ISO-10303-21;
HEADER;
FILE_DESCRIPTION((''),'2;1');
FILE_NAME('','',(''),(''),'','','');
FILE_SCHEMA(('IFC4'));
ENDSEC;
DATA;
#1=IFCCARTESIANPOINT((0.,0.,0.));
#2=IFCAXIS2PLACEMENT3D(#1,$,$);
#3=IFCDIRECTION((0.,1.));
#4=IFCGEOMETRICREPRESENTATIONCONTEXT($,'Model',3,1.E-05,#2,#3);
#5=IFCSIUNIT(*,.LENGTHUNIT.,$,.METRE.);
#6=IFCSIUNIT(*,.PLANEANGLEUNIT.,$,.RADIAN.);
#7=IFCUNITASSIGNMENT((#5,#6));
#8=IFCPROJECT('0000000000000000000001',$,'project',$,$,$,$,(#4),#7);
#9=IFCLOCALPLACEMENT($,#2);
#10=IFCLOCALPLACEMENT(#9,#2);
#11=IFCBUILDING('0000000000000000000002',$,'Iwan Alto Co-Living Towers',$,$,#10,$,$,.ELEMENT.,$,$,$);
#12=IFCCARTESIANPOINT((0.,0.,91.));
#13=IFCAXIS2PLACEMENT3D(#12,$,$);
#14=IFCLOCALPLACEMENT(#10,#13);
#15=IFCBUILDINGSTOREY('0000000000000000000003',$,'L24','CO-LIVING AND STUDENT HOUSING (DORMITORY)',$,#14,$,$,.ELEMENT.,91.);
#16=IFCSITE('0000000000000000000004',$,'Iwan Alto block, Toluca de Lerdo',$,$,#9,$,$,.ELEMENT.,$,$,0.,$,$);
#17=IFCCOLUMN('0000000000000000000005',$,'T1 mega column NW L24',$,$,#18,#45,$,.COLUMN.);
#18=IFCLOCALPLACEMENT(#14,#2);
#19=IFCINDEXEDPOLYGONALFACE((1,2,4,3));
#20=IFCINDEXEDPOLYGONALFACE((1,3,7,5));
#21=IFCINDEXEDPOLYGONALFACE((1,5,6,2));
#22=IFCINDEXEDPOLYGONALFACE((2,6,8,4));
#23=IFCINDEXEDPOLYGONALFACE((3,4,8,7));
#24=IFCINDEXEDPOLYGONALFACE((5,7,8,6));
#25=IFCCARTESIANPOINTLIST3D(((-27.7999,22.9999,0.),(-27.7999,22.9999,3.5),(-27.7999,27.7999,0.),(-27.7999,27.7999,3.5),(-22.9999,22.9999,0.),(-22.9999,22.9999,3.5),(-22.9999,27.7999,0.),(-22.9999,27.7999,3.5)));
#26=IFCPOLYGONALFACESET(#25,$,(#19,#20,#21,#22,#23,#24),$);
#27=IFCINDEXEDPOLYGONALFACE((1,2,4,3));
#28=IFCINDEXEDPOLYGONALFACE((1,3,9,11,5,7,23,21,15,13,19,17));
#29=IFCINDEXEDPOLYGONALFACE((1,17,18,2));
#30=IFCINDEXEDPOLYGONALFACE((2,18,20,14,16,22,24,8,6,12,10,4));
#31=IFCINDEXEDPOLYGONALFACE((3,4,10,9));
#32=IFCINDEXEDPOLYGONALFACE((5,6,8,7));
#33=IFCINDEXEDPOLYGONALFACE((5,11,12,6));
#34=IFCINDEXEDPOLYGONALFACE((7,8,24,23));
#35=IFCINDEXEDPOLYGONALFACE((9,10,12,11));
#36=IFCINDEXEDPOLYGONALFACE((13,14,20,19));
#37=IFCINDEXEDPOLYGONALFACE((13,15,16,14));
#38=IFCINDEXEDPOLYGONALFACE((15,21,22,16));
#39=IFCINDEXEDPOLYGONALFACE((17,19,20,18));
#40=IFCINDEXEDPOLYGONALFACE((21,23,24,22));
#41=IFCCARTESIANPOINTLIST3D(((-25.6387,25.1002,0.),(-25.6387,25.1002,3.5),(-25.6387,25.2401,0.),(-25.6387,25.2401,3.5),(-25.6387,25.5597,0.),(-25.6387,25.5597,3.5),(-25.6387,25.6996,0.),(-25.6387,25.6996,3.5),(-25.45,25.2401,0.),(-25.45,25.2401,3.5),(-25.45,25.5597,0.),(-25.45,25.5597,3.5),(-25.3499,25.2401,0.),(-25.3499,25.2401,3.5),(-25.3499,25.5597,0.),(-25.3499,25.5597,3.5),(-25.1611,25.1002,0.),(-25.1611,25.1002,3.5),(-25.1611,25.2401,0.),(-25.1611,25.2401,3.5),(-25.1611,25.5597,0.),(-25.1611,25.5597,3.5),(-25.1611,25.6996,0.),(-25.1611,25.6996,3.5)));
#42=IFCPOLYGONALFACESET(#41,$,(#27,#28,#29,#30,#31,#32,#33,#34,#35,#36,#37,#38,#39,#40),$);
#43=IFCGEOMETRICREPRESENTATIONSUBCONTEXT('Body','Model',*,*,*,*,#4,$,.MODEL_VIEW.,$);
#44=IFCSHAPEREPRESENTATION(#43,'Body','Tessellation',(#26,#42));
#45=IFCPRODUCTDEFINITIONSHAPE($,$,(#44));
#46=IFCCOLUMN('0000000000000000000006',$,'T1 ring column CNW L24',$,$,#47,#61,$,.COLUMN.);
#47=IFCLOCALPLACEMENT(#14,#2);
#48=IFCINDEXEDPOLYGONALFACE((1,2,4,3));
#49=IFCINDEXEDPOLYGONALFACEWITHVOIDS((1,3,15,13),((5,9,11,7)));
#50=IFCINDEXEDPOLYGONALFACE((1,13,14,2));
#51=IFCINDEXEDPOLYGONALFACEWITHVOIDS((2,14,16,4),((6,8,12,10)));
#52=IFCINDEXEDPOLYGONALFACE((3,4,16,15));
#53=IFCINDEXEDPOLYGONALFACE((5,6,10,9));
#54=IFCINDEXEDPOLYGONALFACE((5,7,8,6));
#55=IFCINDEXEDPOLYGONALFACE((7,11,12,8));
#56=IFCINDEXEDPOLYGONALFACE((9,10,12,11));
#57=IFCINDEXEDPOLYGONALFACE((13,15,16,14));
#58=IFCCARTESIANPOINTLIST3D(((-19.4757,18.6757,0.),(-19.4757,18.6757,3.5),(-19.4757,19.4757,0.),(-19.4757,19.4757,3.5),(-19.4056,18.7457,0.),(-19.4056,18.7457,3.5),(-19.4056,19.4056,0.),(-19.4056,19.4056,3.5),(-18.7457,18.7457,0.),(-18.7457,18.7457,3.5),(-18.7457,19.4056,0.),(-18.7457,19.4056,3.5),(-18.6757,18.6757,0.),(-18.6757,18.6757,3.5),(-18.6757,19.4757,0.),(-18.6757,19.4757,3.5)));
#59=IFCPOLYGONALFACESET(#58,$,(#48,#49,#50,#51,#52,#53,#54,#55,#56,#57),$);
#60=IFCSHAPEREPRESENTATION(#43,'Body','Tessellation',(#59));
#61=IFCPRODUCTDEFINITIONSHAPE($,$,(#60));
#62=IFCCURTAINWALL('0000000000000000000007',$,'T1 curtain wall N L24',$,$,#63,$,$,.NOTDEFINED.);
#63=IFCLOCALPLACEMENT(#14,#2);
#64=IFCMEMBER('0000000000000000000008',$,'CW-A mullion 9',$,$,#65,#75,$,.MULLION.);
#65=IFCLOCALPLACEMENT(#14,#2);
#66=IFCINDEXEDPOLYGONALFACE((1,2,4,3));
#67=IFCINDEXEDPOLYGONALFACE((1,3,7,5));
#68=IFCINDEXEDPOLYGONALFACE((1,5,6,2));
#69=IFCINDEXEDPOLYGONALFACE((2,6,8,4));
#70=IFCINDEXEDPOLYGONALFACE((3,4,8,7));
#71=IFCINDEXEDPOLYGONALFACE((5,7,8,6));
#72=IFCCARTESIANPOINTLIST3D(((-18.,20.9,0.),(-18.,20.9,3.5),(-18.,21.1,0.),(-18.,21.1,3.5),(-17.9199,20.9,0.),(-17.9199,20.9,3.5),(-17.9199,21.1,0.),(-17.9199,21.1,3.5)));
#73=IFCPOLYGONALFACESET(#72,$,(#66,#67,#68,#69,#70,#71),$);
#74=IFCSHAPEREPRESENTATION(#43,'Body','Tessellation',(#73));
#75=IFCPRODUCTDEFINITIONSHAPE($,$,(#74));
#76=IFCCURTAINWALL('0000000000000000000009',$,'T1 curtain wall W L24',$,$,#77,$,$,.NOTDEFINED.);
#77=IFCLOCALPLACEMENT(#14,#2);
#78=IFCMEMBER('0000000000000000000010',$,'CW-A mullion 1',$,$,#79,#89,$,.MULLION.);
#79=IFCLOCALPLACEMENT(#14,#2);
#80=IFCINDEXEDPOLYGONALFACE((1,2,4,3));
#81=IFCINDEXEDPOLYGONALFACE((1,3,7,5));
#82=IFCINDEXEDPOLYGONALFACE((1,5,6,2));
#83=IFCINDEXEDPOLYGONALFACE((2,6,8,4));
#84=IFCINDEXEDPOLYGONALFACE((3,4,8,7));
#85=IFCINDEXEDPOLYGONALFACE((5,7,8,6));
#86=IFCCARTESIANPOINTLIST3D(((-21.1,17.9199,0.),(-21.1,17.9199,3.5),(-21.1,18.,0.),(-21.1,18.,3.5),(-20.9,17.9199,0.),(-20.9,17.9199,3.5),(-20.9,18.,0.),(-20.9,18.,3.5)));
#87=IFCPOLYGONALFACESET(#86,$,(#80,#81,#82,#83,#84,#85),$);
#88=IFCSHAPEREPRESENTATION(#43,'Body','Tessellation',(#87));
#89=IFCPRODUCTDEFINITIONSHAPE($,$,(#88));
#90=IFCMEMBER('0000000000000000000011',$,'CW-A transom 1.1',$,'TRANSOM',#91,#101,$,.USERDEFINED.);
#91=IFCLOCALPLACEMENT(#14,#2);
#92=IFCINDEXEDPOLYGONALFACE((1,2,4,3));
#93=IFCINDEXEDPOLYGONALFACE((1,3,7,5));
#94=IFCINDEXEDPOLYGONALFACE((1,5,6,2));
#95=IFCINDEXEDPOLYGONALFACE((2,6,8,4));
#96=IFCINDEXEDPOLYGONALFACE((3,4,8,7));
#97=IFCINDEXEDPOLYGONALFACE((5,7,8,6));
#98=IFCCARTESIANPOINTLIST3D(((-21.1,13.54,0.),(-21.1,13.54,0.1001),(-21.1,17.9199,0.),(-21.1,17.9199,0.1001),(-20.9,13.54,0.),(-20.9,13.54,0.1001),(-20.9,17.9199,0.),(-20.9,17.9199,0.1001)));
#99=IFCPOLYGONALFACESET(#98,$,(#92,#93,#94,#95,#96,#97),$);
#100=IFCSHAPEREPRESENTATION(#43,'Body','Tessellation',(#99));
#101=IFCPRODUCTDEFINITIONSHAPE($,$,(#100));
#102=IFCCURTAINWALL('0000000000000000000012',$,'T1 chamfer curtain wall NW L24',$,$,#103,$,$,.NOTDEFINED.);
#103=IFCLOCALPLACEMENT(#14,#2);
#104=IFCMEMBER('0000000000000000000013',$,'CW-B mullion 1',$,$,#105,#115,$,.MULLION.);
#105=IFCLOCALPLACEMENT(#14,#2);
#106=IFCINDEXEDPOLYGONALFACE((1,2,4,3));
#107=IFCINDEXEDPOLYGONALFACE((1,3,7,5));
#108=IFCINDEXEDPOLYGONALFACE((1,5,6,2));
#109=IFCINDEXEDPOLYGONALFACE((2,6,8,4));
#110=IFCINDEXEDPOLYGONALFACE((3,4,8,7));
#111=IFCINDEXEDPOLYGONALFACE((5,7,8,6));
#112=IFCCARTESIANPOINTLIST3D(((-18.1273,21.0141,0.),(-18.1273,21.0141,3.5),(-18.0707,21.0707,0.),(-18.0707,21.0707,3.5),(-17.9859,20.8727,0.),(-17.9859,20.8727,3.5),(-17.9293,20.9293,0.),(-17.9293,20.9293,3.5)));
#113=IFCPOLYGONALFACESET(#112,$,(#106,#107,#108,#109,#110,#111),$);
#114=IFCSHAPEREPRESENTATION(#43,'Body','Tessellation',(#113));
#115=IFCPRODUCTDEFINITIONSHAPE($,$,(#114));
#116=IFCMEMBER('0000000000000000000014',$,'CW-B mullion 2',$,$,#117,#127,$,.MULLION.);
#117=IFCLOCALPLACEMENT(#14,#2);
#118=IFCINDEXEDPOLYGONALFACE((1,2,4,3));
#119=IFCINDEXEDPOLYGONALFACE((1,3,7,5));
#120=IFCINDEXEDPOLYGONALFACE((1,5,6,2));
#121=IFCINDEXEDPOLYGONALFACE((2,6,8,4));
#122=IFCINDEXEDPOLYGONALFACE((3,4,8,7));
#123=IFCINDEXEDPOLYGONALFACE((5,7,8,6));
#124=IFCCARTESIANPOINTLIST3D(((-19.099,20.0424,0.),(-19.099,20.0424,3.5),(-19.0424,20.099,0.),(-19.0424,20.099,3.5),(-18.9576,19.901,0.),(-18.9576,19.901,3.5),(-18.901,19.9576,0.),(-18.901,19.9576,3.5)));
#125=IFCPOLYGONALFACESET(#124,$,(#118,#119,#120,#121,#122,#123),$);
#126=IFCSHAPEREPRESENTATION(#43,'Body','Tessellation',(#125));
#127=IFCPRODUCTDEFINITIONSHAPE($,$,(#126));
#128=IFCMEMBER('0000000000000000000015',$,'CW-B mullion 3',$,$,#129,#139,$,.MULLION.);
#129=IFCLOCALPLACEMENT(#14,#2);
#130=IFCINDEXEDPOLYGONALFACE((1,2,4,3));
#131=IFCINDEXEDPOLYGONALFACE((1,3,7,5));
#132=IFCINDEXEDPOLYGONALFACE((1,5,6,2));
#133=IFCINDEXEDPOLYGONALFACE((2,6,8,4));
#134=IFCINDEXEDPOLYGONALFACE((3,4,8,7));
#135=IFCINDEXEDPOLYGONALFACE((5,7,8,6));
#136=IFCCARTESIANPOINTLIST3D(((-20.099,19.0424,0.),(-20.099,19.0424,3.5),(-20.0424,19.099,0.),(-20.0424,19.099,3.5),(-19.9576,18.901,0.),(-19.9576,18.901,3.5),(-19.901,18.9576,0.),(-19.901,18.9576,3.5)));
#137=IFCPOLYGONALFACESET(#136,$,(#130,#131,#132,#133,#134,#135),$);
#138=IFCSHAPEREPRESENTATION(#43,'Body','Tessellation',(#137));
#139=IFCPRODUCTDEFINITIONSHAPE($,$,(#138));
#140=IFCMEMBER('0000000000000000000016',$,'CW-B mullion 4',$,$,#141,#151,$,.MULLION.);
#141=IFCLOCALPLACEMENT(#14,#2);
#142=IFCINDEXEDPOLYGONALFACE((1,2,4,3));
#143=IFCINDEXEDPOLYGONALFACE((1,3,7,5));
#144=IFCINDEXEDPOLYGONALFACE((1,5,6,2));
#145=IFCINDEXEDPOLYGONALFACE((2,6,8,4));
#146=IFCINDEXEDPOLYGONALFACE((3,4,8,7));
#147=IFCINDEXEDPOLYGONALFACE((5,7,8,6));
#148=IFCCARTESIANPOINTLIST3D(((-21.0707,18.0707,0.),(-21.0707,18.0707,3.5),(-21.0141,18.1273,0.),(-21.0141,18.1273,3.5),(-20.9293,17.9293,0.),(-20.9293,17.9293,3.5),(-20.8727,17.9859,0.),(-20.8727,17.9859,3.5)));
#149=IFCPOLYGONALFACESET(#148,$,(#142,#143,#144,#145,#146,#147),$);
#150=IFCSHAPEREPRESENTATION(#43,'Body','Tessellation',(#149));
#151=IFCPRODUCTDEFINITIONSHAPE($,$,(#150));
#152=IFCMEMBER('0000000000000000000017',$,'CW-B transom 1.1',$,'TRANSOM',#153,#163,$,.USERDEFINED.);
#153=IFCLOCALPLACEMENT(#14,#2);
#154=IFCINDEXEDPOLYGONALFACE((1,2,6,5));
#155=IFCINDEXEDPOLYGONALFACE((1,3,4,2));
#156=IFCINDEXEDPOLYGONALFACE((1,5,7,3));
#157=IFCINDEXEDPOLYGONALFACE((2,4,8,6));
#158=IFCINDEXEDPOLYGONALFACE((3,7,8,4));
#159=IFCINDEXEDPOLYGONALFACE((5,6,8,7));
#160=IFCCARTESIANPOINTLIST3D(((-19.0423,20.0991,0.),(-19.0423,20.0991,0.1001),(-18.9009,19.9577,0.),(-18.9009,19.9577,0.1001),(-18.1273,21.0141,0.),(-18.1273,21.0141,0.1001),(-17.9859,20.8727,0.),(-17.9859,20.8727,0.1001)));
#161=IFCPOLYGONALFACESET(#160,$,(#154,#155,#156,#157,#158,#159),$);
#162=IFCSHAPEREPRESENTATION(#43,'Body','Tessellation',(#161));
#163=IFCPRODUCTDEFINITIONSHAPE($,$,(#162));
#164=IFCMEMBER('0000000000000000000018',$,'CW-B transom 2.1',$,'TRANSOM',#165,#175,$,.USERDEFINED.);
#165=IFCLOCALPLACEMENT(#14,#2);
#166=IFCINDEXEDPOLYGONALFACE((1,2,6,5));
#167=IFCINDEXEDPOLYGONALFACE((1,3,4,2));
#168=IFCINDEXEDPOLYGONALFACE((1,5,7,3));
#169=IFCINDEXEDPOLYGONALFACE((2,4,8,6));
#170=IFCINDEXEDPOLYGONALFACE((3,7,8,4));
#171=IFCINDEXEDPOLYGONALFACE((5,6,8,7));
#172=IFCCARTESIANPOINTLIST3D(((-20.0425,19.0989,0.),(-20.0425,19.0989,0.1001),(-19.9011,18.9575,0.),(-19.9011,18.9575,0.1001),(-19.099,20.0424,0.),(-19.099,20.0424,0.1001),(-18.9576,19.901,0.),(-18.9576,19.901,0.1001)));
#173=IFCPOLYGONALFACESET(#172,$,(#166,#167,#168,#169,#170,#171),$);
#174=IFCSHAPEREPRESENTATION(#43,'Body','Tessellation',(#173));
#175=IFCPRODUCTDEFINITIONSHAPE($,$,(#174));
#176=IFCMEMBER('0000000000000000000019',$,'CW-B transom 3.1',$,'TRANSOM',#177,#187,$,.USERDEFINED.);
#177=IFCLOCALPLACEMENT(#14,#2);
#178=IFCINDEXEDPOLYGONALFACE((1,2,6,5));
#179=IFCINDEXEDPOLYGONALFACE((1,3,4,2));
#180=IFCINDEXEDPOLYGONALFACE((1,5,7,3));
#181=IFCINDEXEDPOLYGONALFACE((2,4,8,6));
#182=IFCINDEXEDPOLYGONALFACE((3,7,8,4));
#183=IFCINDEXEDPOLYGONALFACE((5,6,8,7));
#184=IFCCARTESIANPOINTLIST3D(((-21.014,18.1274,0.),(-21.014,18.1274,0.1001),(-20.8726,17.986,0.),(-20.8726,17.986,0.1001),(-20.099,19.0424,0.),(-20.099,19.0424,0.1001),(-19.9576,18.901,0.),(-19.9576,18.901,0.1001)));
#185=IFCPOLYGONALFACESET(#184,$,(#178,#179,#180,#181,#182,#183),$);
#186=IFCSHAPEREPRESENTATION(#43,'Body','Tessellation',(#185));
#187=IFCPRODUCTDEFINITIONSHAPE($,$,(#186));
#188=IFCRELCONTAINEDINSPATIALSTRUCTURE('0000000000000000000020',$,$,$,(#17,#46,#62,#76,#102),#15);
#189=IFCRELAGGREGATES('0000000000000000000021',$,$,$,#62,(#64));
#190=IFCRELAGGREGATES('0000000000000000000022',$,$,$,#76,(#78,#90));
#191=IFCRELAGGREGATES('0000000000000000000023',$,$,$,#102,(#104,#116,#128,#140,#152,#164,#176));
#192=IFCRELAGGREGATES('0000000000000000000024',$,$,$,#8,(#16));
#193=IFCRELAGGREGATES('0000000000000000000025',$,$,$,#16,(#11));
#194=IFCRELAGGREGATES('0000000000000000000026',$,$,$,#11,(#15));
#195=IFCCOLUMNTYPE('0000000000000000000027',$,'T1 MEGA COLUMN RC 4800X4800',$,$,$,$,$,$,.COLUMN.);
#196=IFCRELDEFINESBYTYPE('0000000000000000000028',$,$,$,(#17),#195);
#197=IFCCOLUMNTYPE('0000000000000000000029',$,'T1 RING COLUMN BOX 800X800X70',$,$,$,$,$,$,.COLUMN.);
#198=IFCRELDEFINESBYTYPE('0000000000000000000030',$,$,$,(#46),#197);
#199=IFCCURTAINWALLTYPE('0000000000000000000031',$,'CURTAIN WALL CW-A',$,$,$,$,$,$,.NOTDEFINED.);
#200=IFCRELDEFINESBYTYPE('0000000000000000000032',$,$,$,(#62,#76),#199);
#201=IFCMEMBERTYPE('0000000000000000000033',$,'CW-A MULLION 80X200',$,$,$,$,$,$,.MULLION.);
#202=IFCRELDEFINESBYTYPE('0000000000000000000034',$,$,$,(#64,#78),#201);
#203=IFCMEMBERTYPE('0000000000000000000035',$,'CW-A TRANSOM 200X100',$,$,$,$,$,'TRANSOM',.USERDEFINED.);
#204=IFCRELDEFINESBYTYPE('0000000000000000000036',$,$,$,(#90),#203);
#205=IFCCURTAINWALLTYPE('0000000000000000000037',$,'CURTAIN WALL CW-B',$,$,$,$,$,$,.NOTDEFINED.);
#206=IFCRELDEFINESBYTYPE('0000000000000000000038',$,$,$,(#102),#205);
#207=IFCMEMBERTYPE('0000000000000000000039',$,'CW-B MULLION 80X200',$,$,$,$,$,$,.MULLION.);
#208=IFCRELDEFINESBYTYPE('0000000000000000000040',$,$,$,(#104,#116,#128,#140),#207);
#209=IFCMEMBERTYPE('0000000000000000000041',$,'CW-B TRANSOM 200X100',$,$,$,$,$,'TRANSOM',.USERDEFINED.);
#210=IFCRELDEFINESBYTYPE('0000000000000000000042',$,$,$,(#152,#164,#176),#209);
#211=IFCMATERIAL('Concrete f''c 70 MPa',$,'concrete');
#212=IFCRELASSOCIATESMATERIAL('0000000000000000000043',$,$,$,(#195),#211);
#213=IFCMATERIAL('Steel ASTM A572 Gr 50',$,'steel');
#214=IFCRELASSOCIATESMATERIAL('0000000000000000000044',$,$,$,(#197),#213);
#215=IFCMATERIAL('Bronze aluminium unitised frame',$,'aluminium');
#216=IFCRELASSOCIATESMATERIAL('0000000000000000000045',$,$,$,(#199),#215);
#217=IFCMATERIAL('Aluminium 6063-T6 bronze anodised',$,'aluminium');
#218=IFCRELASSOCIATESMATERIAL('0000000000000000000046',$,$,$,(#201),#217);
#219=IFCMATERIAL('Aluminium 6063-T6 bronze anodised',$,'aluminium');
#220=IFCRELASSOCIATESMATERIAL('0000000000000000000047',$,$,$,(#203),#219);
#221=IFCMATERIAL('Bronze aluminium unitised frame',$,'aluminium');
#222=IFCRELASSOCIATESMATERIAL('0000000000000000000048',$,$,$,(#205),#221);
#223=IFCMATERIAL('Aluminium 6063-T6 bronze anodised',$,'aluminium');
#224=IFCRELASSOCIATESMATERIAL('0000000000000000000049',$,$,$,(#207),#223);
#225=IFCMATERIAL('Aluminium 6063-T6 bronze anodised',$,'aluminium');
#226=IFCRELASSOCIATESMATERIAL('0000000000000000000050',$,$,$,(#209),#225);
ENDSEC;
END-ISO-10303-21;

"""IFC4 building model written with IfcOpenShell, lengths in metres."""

from ifc_helpers import new_model, si_unit, direction, frame, origin, origin_2d, place, context, subcontext, project, spatial, rectangle, hollow_rectangle, i_section, extrude, material, material_profile, profile_set, type_object, element, aggregate, save


model = new_model("IFC4")

# Units and contexts
model_context = context("Model", 3, precision=1e-05, world=origin(), true_north=direction((0.0, 1.0)))
body_context = subcontext(model_context, "Body", "Model", "MODEL_VIEW")
ifc_project = project(units=[si_unit("LENGTHUNIT", "METRE"), si_unit("PLANEANGLEUNIT", "RADIAN")], contexts=[model_context])

# Site, building, storey
site_placement = place(None, origin())
site = spatial("IfcSite", under=ifc_project, at=site_placement, Name="Iwan Alto block, Toluca de Lerdo", CompositionType="ELEMENT", RefElevation=0.0)
building_placement = place(site_placement, origin())
building = spatial("IfcBuilding", under=site, at=building_placement, Name="Iwan Alto Co-Living Towers", CompositionType="ELEMENT")
storey_placement = place(building_placement, frame((0.0, 0.0, 91.0)))
storey = spatial("IfcBuildingStorey", under=building, at=storey_placement, Name="L24", Description="CO-LIVING AND STUDENT HOUSING (DORMITORY)", CompositionType="ELEMENT", Elevation=91.0)

# Columns
ifc_material_1 = material(Name="Concrete f'c 70 MPa", Category="concrete")
ifc_material_profile_1 = material_profile(ifc_material_1, rectangle(XDim=4.8, YDim=4.8, at=origin_2d()), Name="RC 4800X4800")
ifc_profile_set_1 = profile_set([ifc_material_profile_1], Name="Concrete f'c 70 MPa")
column_type_1 = type_object("IfcColumnType", Name="T1 MEGA COLUMN RC 4800X4800", PredefinedType="COLUMN", material=ifc_profile_set_1)
column_1_placement = place(storey_placement, frame((-25.3999, 25.3999, 0.0), z_axis=(0.0, 0.0, 1.0), x_axis=(1.0, 0.0, 0.0)))
element("IfcColumn", 1, at=column_1_placement, inside=storey, type_object=column_type_1, Name="T1 mega column NW L24", PredefinedType="COLUMN", context=body_context, shape_type="SweptSolid", body=[
    extrude(rectangle(XDim=4.8, YDim=4.8, at=origin_2d()), origin(), (0.0, 0.0, 1.0), 3.5),
    extrude(i_section(OverallWidth=0.4775, OverallDepth=0.5994, WebThickness=0.1001, FlangeThickness=0.1399, at=origin_2d()), origin(), (0.0, 0.0, 1.0), 3.5),
])
ifc_material_2 = material(Name="Steel ASTM A572 Gr 50", Category="steel")
ifc_material_profile_2 = material_profile(ifc_material_2, hollow_rectangle(XDim=0.8, YDim=0.8, WallThickness=0.0701, at=origin_2d()), Name="BOX 800X800X70")
ifc_profile_set_2 = profile_set([ifc_material_profile_2], Name="Steel ASTM A572 Gr 50")
column_type_2 = type_object("IfcColumnType", Name="T1 RING COLUMN BOX 800X800X70", PredefinedType="COLUMN", material=ifc_profile_set_2)
column_2_placement = place(storey_placement, frame((-19.0757, 19.0757, 0.0), z_axis=(0.0, 0.0, 1.0), x_axis=(1.0, 0.0, 0.0)))
element("IfcColumn", 2, at=column_2_placement, inside=storey, type_object=column_type_2, Name="T1 ring column CNW L24", PredefinedType="COLUMN", context=body_context, shape_type="SweptSolid", body=[
    extrude(hollow_rectangle(XDim=0.8, YDim=0.8, WallThickness=0.0701, at=origin_2d()), origin(), (0.0, 0.0, 1.0), 3.5),
])

# Curtain wall, member
ifc_material_3 = material(Name="Bronze aluminium unitised frame", Category="aluminium")
curtain_wall_type_1 = type_object("IfcCurtainWallType", Name="CURTAIN WALL CW-A", PredefinedType="NOTDEFINED", material=ifc_material_3)
curtain_wall_1_placement = place(storey_placement, origin())
curtain_wall_1 = element("IfcCurtainWall", 3, at=curtain_wall_1_placement, inside=storey, type_object=curtain_wall_type_1, Name="T1 curtain wall N L24", PredefinedType="NOTDEFINED")
ifc_material_4 = material(Name="Aluminium 6063-T6 bronze anodised", Category="aluminium")
ifc_material_profile_3 = material_profile(ifc_material_4, rectangle(XDim=0.2, YDim=0.0801, at=origin_2d()), Name="AL 80X200")
ifc_profile_set_3 = profile_set([ifc_material_profile_3], Name="Aluminium 6063-T6 bronze anodised")
member_type_1 = type_object("IfcMemberType", Name="CW-A MULLION 80X200", PredefinedType="MULLION", material=ifc_profile_set_3)
member_1_placement = place(storey_placement, frame((-17.96, 21.0, 0.0), z_axis=(0.0, 0.0, 1.0), x_axis=(0.0, -1.0, 0.0)))
member_1 = element("IfcMember", 4, at=member_1_placement, type_object=member_type_1, Name="CW-A mullion 9", PredefinedType="MULLION", context=body_context, shape_type="SweptSolid", body=[
    extrude(rectangle(XDim=0.2, YDim=0.0801, at=origin_2d()), origin(), (0.0, 0.0, 1.0), 3.5),
])
aggregate(curtain_wall_1, [member_1])

# Curtain walls, members
curtain_wall_2_placement = place(storey_placement, origin())
curtain_wall_2 = element("IfcCurtainWall", 5, at=curtain_wall_2_placement, inside=storey, type_object=curtain_wall_type_1, Name="T1 curtain wall W L24", PredefinedType="NOTDEFINED")
member_2_placement = place(storey_placement, frame((-21.0, 17.96, 0.0), z_axis=(0.0, 0.0, 1.0), x_axis=(1.0, 0.0, 0.0)))
member_2 = element("IfcMember", 6, at=member_2_placement, type_object=member_type_1, Name="CW-A mullion 1", PredefinedType="MULLION", context=body_context, shape_type="SweptSolid", body=[
    extrude(rectangle(XDim=0.2, YDim=0.0801, at=origin_2d()), origin(), (0.0, 0.0, 1.0), 3.5),
])
ifc_material_5 = material(Name="Aluminium 6063-T6 bronze anodised", Category="aluminium")
ifc_material_profile_4 = material_profile(ifc_material_5, rectangle(XDim=0.2, YDim=0.1001, at=origin_2d()), Name="AL 200X100")
ifc_profile_set_4 = profile_set([ifc_material_profile_4], Name="Aluminium 6063-T6 bronze anodised")
member_type_2 = type_object("IfcMemberType", Name="CW-A TRANSOM 200X100", ElementType="TRANSOM", PredefinedType="USERDEFINED", material=ifc_profile_set_4)
member_3_placement = place(storey_placement, frame((-21.0, 17.9199, 0.05), z_axis=(0.0, -1.0, 0.0), x_axis=(1.0, 0.0, 0.0)))
member_3 = element("IfcMember", 7, at=member_3_placement, type_object=member_type_2, Name="CW-A transom 1.1", ObjectType="TRANSOM", PredefinedType="USERDEFINED", context=body_context, shape_type="SweptSolid", body=[
    extrude(rectangle(XDim=0.2, YDim=0.1001, at=origin_2d()), origin(), (0.0, 0.0, 1.0), 4.3799),
])
ifc_material_6 = material(Name="Bronze aluminium unitised frame", Category="aluminium")
curtain_wall_type_2 = type_object("IfcCurtainWallType", Name="CURTAIN WALL CW-B", PredefinedType="NOTDEFINED", material=ifc_material_6)
curtain_wall_3_placement = place(storey_placement, origin())
curtain_wall_3 = element("IfcCurtainWall", 8, at=curtain_wall_3_placement, inside=storey, type_object=curtain_wall_type_2, Name="T1 chamfer curtain wall NW L24", PredefinedType="NOTDEFINED")
ifc_material_7 = material(Name="Aluminium 6063-T6 bronze anodised", Category="aluminium")
ifc_material_profile_5 = material_profile(ifc_material_7, rectangle(XDim=0.2, YDim=0.0801, at=origin_2d()), Name="AL 80X200")
ifc_profile_set_5 = profile_set([ifc_material_profile_5], Name="Aluminium 6063-T6 bronze anodised")
member_type_3 = type_object("IfcMemberType", Name="CW-B MULLION 80X200", PredefinedType="MULLION", material=ifc_profile_set_5)
member_4_placement = place(storey_placement, frame((-18.0283, 20.9717, 0.0), z_axis=(0.0, 0.0, 1.0), x_axis=(0.707107, -0.707107, 0.0)))
member_4 = element("IfcMember", 9, at=member_4_placement, type_object=member_type_3, Name="CW-B mullion 1", PredefinedType="MULLION", context=body_context, shape_type="SweptSolid", body=[
    extrude(rectangle(XDim=0.2, YDim=0.0801, at=origin_2d()), origin(), (0.0, 0.0, 1.0), 3.5),
])
member_5_placement = place(storey_placement, frame((-19.0, 20.0, 0.0), z_axis=(0.0, 0.0, 1.0), x_axis=(0.707107, -0.707107, 0.0)))
member_5 = element("IfcMember", 10, at=member_5_placement, type_object=member_type_3, Name="CW-B mullion 2", PredefinedType="MULLION", context=body_context, shape_type="SweptSolid", body=[
    extrude(rectangle(XDim=0.2, YDim=0.0801, at=origin_2d()), origin(), (0.0, 0.0, 1.0), 3.5),
])
member_6_placement = place(storey_placement, frame((-20.0, 19.0, 0.0), z_axis=(0.0, 0.0, 1.0), x_axis=(0.707107, -0.707107, 0.0)))
member_6 = element("IfcMember", 11, at=member_6_placement, type_object=member_type_3, Name="CW-B mullion 3", PredefinedType="MULLION", context=body_context, shape_type="SweptSolid", body=[
    extrude(rectangle(XDim=0.2, YDim=0.0801, at=origin_2d()), origin(), (0.0, 0.0, 1.0), 3.5),
])
member_7_placement = place(storey_placement, frame((-20.9717, 18.0283, 0.0), z_axis=(0.0, 0.0, 1.0), x_axis=(0.707107, -0.707107, 0.0)))
member_7 = element("IfcMember", 12, at=member_7_placement, type_object=member_type_3, Name="CW-B mullion 4", PredefinedType="MULLION", context=body_context, shape_type="SweptSolid", body=[
    extrude(rectangle(XDim=0.2, YDim=0.0801, at=origin_2d()), origin(), (0.0, 0.0, 1.0), 3.5),
])
ifc_material_8 = material(Name="Aluminium 6063-T6 bronze anodised", Category="aluminium")
ifc_material_profile_6 = material_profile(ifc_material_8, rectangle(XDim=0.2, YDim=0.1001, at=origin_2d()), Name="AL 200X100")
ifc_profile_set_6 = profile_set([ifc_material_profile_6], Name="Aluminium 6063-T6 bronze anodised")
member_type_4 = type_object("IfcMemberType", Name="CW-B TRANSOM 200X100", ElementType="TRANSOM", PredefinedType="USERDEFINED", material=ifc_profile_set_6)
member_8_placement = place(storey_placement, frame((-18.0566, 20.9434, 0.05), z_axis=(-0.707107, -0.707107, 0.0), x_axis=(0.707107, -0.707107, 0.0)))
member_8 = element("IfcMember", 13, at=member_8_placement, type_object=member_type_4, Name="CW-B transom 1.1", ObjectType="TRANSOM", PredefinedType="USERDEFINED", context=body_context, shape_type="SweptSolid", body=[
    extrude(rectangle(XDim=0.2, YDim=0.1001, at=origin_2d()), origin(), (0.0, 0.0, 1.0), 1.2939),
])
member_9_placement = place(storey_placement, frame((-19.0283, 19.9717, 0.05), z_axis=(-0.707107, -0.707107, 0.0), x_axis=(0.707107, -0.707107, 0.0)))
member_9 = element("IfcMember", 14, at=member_9_placement, type_object=member_type_4, Name="CW-B transom 2.1", ObjectType="TRANSOM", PredefinedType="USERDEFINED", context=body_context, shape_type="SweptSolid", body=[
    extrude(rectangle(XDim=0.2, YDim=0.1001, at=origin_2d()), origin(), (0.0, 0.0, 1.0), 1.3342),
])
member_10_placement = place(storey_placement, frame((-20.0283, 18.9717, 0.05), z_axis=(-0.707107, -0.707107, 0.0), x_axis=(0.707107, -0.707107, 0.0)))
member_10 = element("IfcMember", 15, at=member_10_placement, type_object=member_type_4, Name="CW-B transom 3.1", ObjectType="TRANSOM", PredefinedType="USERDEFINED", context=body_context, shape_type="SweptSolid", body=[
    extrude(rectangle(XDim=0.2, YDim=0.1001, at=origin_2d()), origin(), (0.0, 0.0, 1.0), 1.2939),
])

aggregate(curtain_wall_2, [member_2, member_3])
aggregate(curtain_wall_3, [member_4, member_5, member_6, member_7, member_8, member_9, member_10])

save(model, "model.ifc")
